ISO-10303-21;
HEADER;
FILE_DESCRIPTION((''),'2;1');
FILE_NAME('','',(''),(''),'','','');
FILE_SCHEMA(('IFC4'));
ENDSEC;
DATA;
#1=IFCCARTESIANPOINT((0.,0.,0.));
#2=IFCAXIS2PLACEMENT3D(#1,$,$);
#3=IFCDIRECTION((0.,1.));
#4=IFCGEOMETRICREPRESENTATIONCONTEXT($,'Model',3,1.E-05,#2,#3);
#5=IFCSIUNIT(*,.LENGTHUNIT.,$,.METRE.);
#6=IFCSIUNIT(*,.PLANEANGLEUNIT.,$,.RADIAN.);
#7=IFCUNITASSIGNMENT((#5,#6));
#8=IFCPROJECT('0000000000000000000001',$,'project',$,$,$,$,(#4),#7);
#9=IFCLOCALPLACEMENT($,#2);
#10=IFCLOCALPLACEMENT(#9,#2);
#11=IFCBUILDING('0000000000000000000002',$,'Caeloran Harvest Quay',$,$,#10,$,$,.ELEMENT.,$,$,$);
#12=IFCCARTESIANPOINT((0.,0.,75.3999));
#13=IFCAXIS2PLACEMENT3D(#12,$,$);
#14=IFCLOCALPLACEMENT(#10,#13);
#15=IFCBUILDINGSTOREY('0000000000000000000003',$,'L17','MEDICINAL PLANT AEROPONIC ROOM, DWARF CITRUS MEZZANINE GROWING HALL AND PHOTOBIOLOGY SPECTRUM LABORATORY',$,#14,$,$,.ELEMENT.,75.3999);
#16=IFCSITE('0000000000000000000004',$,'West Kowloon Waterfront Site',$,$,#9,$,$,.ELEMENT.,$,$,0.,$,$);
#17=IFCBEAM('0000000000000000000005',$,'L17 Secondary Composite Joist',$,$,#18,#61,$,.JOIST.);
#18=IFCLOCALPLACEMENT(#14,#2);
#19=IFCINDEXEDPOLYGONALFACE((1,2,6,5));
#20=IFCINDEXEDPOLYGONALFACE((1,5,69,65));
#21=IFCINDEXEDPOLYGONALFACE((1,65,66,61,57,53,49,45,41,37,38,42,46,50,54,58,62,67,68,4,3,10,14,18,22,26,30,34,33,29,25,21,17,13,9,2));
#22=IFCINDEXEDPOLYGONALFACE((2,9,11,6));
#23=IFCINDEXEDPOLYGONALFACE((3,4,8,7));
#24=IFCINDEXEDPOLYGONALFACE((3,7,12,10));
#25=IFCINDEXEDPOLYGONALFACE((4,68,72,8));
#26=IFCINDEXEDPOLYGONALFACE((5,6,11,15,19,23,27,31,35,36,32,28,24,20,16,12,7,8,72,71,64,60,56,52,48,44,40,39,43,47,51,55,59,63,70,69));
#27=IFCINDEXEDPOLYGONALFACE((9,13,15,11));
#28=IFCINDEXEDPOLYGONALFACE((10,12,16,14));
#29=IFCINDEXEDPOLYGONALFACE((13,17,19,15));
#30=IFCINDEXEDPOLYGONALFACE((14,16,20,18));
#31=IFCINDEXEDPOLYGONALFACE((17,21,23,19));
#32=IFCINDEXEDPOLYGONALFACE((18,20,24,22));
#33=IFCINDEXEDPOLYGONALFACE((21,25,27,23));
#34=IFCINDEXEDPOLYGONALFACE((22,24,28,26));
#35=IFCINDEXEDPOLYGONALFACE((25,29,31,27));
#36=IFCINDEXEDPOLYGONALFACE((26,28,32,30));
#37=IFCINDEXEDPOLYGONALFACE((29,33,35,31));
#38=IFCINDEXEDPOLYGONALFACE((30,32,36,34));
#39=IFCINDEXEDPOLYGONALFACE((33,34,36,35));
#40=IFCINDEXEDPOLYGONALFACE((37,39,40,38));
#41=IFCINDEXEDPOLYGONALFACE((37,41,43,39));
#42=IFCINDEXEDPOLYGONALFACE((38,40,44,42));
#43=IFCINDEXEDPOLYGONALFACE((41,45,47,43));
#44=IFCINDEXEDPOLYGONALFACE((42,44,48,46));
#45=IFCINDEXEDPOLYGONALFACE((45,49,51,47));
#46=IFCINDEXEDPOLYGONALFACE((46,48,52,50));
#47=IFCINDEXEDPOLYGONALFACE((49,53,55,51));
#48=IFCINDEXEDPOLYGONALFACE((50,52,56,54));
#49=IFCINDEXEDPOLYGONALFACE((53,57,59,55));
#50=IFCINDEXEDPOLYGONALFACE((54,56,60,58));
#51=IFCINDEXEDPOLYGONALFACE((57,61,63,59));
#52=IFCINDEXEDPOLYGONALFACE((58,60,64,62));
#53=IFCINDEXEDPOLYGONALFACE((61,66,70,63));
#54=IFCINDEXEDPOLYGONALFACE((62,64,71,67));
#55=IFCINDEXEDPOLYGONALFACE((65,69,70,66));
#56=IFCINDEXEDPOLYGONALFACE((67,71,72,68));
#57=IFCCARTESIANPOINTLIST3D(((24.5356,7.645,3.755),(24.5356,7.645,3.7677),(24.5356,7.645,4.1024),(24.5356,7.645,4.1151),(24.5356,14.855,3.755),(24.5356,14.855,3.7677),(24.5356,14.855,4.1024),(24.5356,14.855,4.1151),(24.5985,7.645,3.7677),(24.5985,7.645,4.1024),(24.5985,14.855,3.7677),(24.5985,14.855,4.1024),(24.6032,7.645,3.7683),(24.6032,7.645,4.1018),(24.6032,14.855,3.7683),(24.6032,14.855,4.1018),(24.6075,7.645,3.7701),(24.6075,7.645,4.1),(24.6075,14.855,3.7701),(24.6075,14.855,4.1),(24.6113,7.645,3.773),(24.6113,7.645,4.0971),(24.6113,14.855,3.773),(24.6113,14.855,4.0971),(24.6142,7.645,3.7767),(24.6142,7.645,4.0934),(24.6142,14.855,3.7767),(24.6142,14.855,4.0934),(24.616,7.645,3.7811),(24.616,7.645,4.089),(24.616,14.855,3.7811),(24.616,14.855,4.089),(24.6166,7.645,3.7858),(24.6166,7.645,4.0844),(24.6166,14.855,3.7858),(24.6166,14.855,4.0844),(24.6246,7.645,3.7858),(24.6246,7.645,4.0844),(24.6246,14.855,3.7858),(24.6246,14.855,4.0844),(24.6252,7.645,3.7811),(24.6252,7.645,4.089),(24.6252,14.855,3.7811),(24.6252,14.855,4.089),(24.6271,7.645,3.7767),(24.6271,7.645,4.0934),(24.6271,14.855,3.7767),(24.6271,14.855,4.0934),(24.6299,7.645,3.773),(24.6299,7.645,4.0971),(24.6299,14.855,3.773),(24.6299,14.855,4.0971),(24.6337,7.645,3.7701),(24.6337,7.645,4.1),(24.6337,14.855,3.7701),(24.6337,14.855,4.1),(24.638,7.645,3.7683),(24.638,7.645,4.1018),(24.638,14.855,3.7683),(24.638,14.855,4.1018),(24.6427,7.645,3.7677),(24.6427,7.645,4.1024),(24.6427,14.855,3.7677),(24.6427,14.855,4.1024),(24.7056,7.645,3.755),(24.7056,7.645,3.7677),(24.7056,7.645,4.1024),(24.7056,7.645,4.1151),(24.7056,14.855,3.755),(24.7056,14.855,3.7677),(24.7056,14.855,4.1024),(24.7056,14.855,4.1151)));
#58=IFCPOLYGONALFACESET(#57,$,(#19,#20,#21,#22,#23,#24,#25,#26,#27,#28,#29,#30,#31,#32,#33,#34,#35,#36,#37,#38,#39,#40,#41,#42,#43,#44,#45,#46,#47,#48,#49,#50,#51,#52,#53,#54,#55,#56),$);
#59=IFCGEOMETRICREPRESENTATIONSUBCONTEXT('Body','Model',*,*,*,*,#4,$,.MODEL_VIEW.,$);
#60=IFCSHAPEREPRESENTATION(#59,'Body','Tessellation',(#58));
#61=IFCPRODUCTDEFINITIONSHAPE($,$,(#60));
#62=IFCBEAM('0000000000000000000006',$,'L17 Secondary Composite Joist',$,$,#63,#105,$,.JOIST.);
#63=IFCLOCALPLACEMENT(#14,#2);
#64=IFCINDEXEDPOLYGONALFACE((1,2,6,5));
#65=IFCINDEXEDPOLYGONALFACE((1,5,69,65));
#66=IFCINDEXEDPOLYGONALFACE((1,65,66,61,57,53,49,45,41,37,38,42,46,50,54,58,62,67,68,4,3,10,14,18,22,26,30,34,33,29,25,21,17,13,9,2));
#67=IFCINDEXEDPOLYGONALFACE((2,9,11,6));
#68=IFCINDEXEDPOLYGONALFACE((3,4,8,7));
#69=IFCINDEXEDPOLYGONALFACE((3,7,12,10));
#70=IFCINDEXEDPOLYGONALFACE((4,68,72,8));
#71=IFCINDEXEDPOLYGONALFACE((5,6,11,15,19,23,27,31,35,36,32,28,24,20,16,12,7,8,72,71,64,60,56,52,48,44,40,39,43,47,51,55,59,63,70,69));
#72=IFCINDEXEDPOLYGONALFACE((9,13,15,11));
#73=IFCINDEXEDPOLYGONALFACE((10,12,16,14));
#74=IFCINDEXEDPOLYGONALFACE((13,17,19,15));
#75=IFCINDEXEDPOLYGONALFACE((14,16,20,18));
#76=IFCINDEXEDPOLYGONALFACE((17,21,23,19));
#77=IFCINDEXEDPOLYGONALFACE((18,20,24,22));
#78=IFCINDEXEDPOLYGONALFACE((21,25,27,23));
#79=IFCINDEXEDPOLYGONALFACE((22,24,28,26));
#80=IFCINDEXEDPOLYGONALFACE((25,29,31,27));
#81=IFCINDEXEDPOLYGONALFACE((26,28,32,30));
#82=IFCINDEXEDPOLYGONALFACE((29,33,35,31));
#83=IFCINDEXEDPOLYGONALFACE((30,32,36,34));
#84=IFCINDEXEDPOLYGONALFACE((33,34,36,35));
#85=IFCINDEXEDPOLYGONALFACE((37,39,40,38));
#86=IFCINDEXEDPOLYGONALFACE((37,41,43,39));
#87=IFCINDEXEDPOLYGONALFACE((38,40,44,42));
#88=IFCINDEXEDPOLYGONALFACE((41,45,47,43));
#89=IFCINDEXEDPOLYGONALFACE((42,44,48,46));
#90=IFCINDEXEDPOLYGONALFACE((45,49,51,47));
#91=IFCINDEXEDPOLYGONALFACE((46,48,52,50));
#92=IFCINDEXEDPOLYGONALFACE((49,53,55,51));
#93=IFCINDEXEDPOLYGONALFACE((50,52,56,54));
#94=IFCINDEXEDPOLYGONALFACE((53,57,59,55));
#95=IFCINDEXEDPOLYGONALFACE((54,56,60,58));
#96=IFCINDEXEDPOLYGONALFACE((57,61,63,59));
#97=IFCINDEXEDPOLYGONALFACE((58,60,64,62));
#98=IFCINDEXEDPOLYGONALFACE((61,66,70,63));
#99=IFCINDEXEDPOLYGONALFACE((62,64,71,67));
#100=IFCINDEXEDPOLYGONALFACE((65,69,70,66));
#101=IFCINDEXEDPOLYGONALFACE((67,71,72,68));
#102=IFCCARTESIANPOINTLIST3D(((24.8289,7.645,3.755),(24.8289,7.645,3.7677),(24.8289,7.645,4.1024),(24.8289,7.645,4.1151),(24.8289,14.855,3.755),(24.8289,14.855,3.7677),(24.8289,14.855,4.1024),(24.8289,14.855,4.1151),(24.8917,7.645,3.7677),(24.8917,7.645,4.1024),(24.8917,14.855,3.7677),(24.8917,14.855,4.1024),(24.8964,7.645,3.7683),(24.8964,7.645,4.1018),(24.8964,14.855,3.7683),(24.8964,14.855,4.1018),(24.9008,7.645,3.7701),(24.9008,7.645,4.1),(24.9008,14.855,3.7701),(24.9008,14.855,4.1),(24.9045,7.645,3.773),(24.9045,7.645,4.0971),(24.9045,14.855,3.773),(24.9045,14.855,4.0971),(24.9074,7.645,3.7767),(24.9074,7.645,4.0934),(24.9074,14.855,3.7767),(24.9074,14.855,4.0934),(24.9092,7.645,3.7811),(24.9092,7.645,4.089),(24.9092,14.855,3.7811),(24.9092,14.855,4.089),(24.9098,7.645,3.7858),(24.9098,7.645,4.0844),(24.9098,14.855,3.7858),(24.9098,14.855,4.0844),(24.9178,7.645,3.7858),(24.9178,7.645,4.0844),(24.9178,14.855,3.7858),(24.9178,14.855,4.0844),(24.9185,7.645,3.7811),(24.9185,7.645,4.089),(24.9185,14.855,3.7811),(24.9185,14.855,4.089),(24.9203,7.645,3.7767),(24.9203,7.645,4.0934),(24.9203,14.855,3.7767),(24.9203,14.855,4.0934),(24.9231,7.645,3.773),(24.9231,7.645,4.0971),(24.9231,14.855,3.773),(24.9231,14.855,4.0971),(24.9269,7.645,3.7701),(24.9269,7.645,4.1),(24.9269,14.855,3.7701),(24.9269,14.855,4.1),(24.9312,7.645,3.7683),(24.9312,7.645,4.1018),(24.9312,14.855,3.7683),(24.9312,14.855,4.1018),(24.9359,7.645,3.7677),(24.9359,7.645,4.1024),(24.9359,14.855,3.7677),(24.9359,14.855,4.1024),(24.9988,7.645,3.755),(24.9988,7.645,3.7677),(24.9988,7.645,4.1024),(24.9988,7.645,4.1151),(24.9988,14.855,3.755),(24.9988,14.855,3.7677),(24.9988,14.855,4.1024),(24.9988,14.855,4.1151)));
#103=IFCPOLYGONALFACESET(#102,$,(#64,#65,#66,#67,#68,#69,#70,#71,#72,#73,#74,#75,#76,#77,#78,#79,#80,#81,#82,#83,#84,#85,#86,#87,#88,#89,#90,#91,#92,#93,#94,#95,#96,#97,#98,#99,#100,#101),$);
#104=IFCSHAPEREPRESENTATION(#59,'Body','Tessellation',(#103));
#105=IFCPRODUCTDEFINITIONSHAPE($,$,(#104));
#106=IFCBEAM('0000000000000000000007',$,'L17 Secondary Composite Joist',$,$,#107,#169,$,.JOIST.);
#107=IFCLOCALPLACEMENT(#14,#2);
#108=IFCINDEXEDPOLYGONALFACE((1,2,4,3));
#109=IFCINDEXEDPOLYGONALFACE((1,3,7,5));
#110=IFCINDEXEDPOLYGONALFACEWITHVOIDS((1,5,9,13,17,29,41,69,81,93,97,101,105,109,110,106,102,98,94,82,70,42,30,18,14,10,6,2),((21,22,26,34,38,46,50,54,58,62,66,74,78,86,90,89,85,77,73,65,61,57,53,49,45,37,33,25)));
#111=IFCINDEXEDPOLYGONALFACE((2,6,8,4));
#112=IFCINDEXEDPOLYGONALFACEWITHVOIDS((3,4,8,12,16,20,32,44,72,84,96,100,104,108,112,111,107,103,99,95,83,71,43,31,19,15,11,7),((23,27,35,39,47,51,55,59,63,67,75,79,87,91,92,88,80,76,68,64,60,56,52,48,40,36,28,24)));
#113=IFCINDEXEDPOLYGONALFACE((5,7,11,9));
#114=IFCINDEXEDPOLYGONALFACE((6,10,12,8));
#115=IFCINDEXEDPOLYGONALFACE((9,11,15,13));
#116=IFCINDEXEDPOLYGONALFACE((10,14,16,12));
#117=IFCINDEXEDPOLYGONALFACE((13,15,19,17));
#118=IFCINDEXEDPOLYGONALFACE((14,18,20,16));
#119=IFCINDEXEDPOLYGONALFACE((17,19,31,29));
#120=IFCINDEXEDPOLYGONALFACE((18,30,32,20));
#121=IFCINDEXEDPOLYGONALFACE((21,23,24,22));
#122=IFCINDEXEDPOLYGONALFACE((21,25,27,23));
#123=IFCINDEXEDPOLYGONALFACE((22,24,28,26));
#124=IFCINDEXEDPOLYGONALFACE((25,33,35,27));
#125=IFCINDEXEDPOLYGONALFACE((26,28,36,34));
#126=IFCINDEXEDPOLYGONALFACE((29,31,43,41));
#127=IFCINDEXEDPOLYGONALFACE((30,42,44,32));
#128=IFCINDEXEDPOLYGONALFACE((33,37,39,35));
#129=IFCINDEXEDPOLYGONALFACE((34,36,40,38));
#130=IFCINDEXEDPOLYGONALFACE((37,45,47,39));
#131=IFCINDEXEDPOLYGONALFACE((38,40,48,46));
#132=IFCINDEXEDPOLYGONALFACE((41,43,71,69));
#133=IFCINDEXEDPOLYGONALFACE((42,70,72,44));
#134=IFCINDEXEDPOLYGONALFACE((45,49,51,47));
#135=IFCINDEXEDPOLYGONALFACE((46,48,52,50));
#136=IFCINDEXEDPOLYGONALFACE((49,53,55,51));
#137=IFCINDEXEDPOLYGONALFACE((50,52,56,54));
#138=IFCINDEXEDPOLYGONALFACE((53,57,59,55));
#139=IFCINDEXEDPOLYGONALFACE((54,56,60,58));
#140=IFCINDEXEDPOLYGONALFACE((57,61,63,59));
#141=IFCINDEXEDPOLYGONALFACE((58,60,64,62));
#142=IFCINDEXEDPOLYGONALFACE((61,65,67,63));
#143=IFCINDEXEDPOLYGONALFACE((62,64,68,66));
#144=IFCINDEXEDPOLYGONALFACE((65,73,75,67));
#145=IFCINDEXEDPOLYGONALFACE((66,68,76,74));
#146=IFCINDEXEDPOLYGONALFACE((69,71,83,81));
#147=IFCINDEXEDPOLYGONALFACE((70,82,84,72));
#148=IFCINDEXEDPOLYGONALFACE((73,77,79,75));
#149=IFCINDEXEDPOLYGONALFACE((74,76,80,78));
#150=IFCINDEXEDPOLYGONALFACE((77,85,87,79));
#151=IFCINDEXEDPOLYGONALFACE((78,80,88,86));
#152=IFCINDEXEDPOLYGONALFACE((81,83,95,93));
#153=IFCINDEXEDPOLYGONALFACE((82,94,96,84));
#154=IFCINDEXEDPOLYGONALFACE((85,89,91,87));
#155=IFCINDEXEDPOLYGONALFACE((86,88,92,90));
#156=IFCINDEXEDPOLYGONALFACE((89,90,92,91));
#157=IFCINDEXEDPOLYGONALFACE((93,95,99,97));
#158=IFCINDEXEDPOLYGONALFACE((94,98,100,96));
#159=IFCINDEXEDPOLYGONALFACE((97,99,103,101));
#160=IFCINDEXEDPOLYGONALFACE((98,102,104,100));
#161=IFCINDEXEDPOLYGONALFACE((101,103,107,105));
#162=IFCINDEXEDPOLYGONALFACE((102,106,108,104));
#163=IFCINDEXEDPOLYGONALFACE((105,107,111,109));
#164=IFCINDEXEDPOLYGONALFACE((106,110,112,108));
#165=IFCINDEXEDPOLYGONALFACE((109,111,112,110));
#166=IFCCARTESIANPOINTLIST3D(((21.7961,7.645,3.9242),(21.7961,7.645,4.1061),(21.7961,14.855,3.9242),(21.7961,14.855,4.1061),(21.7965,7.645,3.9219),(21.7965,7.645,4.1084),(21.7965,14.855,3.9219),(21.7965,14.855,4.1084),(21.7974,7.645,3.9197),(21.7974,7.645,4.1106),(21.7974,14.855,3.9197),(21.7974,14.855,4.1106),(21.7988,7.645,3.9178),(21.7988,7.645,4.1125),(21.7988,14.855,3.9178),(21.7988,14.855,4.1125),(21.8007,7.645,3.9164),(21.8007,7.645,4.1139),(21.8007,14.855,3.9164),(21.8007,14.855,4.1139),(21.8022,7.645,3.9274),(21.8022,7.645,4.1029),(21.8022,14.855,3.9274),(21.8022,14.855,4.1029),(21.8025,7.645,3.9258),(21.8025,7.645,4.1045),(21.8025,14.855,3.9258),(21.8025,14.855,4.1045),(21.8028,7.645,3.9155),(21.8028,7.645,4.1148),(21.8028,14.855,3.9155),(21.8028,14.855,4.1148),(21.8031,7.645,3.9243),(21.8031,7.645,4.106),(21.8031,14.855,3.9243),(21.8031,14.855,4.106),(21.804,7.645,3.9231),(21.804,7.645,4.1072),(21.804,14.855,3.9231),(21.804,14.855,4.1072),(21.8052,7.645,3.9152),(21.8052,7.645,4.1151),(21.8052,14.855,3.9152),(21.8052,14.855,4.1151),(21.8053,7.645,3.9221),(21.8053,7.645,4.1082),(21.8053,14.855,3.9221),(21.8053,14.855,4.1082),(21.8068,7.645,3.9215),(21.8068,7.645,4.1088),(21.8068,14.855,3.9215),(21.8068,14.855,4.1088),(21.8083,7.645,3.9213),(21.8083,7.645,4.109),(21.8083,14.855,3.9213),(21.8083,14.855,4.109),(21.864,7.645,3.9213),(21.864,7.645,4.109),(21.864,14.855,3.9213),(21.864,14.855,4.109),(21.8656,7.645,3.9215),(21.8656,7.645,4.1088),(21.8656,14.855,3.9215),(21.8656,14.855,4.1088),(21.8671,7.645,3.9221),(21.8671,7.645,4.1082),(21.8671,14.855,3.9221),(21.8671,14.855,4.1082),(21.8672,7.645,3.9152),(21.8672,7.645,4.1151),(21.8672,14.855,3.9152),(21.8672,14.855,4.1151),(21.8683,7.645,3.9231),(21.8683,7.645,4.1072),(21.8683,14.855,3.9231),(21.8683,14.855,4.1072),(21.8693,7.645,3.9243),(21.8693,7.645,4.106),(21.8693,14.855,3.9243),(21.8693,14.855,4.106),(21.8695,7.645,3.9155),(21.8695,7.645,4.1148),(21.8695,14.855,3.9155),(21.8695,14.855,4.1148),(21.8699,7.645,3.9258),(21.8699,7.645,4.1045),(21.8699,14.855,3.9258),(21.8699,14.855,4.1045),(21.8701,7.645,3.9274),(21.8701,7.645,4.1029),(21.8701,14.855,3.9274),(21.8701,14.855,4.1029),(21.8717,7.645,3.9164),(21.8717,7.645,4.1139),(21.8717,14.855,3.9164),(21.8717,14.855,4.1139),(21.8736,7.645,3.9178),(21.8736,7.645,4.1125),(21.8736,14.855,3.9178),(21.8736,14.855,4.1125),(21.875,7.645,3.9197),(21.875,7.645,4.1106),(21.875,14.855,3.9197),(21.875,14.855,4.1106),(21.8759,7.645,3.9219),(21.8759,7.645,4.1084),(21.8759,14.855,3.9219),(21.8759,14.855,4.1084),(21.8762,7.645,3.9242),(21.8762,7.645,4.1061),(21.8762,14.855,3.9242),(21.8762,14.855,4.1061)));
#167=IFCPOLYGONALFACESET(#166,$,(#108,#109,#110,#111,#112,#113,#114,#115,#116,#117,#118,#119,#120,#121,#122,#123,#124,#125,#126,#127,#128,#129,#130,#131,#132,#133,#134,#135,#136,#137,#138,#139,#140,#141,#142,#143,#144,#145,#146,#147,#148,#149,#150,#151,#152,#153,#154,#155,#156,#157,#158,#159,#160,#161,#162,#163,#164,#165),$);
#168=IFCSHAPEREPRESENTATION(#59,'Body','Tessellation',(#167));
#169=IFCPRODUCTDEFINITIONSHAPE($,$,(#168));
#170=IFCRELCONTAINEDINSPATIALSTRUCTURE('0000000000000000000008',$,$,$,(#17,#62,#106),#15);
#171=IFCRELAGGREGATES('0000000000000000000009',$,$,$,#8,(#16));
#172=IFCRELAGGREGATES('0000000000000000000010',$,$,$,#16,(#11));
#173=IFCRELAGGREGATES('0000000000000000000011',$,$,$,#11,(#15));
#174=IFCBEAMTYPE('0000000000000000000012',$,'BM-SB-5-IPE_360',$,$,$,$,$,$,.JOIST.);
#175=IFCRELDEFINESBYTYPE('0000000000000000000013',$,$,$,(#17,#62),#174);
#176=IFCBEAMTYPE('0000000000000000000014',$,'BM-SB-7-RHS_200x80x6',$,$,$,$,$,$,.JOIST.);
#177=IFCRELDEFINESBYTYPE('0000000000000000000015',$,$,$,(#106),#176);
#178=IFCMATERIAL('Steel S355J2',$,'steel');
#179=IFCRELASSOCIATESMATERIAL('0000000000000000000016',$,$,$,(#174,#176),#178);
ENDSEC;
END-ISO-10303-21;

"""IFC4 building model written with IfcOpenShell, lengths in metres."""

from ifc_helpers import new_model, si_unit, direction, frame, origin, origin_2d, place, context, subcontext, project, spatial, hollow_rectangle, i_section, extrude, material, material_profile, profile_set, type_object, element, save


model = new_model("IFC4")

# Units and contexts
model_context = context("Model", 3, precision=1e-05, world=origin(), true_north=direction((0.0, 1.0)))
body_context = subcontext(model_context, "Body", "Model", "MODEL_VIEW")
ifc_project = project(units=[si_unit("LENGTHUNIT", "METRE"), si_unit("PLANEANGLEUNIT", "RADIAN")], contexts=[model_context])

# Site, building, storey
site_placement = place(None, origin())
site = spatial("IfcSite", under=ifc_project, at=site_placement, Name="West Kowloon Waterfront Site", CompositionType="ELEMENT", RefElevation=0.0)
building_placement = place(site_placement, origin())
building = spatial("IfcBuilding", under=site, at=building_placement, Name="Caeloran Harvest Quay", CompositionType="ELEMENT")
storey_placement = place(building_placement, frame((0.0, 0.0, 75.3999)))
storey = spatial("IfcBuildingStorey", under=building, at=storey_placement, Name="L17", Description="MEDICINAL PLANT AEROPONIC ROOM, DWARF CITRUS MEZZANINE GROWING HALL AND PHOTOBIOLOGY SPECTRUM LABORATORY", CompositionType="ELEMENT", Elevation=75.3999)

# Beams
ifc_material_1 = material(Name="Steel S355J2", Category="steel")
ifc_material_profile_1 = material_profile(ifc_material_1, i_section(OverallWidth=0.1699, OverallDepth=0.3601, WebThickness=0.0081, FlangeThickness=0.0127, FilletRadius=0.0181, at=origin_2d()), Name="IPE 360")
ifc_profile_set_1 = profile_set([ifc_material_profile_1], Name="Steel S355J2")
beam_type_1 = type_object("IfcBeamType", Name="BM-SB-5-IPE_360", PredefinedType="JOIST", material=ifc_profile_set_1)
for number, where, z_axis, x_axis, name in (
    (1, (24.6206, 7.645, 3.9351), (0.0, 1.0, 0.0), (-1.0, 0.0, 0.0), "L17 Secondary Composite Joist"),
    (2, (24.9138, 7.645, 3.9351), (0.0, 1.0, 0.0), (-1.0, 0.0, 0.0), "L17 Secondary Composite Joist"),
):
    element("IfcBeam", number, at=place(storey_placement, frame(where, z_axis=z_axis, x_axis=x_axis)), inside=storey, type_object=beam_type_1, Name=name, PredefinedType="JOIST", context=body_context, shape_type="SweptSolid", body=[
        extrude(i_section(OverallWidth=0.1699, OverallDepth=0.3601, WebThickness=0.0081, FlangeThickness=0.0127, FilletRadius=0.0181, at=origin_2d()), origin(), (0.0, 0.0, 1.0), 7.21),
    ])
ifc_material_profile_2 = material_profile(ifc_material_1, hollow_rectangle(XDim=0.0801, YDim=0.2, WallThickness=0.0061, InnerFilletRadius=0.0061, OuterFilletRadius=0.009, at=origin_2d()), Name="RHS 200x80x6")
ifc_profile_set_2 = profile_set([ifc_material_profile_2], Name="Steel S355J2")
beam_type_2 = type_object("IfcBeamType", Name="BM-SB-7-RHS_200x80x6", PredefinedType="JOIST", material=ifc_profile_set_2)
for number, where, z_axis, x_axis, name in (
    (3, (21.8362, 7.645, 4.0151), (0.0, 1.0, 0.0), (-1.0, 0.0, 0.0), "L17 Secondary Composite Joist"),
):
    element("IfcBeam", number, at=place(storey_placement, frame(where, z_axis=z_axis, x_axis=x_axis)), inside=storey, type_object=beam_type_2, Name=name, PredefinedType="JOIST", context=body_context, shape_type="SweptSolid", body=[
        extrude(hollow_rectangle(XDim=0.0801, YDim=0.2, WallThickness=0.0061, InnerFilletRadius=0.0061, OuterFilletRadius=0.009, at=origin_2d()), origin(), (0.0, 0.0, 1.0), 7.21),
    ])

save(model, "model.ifc")
